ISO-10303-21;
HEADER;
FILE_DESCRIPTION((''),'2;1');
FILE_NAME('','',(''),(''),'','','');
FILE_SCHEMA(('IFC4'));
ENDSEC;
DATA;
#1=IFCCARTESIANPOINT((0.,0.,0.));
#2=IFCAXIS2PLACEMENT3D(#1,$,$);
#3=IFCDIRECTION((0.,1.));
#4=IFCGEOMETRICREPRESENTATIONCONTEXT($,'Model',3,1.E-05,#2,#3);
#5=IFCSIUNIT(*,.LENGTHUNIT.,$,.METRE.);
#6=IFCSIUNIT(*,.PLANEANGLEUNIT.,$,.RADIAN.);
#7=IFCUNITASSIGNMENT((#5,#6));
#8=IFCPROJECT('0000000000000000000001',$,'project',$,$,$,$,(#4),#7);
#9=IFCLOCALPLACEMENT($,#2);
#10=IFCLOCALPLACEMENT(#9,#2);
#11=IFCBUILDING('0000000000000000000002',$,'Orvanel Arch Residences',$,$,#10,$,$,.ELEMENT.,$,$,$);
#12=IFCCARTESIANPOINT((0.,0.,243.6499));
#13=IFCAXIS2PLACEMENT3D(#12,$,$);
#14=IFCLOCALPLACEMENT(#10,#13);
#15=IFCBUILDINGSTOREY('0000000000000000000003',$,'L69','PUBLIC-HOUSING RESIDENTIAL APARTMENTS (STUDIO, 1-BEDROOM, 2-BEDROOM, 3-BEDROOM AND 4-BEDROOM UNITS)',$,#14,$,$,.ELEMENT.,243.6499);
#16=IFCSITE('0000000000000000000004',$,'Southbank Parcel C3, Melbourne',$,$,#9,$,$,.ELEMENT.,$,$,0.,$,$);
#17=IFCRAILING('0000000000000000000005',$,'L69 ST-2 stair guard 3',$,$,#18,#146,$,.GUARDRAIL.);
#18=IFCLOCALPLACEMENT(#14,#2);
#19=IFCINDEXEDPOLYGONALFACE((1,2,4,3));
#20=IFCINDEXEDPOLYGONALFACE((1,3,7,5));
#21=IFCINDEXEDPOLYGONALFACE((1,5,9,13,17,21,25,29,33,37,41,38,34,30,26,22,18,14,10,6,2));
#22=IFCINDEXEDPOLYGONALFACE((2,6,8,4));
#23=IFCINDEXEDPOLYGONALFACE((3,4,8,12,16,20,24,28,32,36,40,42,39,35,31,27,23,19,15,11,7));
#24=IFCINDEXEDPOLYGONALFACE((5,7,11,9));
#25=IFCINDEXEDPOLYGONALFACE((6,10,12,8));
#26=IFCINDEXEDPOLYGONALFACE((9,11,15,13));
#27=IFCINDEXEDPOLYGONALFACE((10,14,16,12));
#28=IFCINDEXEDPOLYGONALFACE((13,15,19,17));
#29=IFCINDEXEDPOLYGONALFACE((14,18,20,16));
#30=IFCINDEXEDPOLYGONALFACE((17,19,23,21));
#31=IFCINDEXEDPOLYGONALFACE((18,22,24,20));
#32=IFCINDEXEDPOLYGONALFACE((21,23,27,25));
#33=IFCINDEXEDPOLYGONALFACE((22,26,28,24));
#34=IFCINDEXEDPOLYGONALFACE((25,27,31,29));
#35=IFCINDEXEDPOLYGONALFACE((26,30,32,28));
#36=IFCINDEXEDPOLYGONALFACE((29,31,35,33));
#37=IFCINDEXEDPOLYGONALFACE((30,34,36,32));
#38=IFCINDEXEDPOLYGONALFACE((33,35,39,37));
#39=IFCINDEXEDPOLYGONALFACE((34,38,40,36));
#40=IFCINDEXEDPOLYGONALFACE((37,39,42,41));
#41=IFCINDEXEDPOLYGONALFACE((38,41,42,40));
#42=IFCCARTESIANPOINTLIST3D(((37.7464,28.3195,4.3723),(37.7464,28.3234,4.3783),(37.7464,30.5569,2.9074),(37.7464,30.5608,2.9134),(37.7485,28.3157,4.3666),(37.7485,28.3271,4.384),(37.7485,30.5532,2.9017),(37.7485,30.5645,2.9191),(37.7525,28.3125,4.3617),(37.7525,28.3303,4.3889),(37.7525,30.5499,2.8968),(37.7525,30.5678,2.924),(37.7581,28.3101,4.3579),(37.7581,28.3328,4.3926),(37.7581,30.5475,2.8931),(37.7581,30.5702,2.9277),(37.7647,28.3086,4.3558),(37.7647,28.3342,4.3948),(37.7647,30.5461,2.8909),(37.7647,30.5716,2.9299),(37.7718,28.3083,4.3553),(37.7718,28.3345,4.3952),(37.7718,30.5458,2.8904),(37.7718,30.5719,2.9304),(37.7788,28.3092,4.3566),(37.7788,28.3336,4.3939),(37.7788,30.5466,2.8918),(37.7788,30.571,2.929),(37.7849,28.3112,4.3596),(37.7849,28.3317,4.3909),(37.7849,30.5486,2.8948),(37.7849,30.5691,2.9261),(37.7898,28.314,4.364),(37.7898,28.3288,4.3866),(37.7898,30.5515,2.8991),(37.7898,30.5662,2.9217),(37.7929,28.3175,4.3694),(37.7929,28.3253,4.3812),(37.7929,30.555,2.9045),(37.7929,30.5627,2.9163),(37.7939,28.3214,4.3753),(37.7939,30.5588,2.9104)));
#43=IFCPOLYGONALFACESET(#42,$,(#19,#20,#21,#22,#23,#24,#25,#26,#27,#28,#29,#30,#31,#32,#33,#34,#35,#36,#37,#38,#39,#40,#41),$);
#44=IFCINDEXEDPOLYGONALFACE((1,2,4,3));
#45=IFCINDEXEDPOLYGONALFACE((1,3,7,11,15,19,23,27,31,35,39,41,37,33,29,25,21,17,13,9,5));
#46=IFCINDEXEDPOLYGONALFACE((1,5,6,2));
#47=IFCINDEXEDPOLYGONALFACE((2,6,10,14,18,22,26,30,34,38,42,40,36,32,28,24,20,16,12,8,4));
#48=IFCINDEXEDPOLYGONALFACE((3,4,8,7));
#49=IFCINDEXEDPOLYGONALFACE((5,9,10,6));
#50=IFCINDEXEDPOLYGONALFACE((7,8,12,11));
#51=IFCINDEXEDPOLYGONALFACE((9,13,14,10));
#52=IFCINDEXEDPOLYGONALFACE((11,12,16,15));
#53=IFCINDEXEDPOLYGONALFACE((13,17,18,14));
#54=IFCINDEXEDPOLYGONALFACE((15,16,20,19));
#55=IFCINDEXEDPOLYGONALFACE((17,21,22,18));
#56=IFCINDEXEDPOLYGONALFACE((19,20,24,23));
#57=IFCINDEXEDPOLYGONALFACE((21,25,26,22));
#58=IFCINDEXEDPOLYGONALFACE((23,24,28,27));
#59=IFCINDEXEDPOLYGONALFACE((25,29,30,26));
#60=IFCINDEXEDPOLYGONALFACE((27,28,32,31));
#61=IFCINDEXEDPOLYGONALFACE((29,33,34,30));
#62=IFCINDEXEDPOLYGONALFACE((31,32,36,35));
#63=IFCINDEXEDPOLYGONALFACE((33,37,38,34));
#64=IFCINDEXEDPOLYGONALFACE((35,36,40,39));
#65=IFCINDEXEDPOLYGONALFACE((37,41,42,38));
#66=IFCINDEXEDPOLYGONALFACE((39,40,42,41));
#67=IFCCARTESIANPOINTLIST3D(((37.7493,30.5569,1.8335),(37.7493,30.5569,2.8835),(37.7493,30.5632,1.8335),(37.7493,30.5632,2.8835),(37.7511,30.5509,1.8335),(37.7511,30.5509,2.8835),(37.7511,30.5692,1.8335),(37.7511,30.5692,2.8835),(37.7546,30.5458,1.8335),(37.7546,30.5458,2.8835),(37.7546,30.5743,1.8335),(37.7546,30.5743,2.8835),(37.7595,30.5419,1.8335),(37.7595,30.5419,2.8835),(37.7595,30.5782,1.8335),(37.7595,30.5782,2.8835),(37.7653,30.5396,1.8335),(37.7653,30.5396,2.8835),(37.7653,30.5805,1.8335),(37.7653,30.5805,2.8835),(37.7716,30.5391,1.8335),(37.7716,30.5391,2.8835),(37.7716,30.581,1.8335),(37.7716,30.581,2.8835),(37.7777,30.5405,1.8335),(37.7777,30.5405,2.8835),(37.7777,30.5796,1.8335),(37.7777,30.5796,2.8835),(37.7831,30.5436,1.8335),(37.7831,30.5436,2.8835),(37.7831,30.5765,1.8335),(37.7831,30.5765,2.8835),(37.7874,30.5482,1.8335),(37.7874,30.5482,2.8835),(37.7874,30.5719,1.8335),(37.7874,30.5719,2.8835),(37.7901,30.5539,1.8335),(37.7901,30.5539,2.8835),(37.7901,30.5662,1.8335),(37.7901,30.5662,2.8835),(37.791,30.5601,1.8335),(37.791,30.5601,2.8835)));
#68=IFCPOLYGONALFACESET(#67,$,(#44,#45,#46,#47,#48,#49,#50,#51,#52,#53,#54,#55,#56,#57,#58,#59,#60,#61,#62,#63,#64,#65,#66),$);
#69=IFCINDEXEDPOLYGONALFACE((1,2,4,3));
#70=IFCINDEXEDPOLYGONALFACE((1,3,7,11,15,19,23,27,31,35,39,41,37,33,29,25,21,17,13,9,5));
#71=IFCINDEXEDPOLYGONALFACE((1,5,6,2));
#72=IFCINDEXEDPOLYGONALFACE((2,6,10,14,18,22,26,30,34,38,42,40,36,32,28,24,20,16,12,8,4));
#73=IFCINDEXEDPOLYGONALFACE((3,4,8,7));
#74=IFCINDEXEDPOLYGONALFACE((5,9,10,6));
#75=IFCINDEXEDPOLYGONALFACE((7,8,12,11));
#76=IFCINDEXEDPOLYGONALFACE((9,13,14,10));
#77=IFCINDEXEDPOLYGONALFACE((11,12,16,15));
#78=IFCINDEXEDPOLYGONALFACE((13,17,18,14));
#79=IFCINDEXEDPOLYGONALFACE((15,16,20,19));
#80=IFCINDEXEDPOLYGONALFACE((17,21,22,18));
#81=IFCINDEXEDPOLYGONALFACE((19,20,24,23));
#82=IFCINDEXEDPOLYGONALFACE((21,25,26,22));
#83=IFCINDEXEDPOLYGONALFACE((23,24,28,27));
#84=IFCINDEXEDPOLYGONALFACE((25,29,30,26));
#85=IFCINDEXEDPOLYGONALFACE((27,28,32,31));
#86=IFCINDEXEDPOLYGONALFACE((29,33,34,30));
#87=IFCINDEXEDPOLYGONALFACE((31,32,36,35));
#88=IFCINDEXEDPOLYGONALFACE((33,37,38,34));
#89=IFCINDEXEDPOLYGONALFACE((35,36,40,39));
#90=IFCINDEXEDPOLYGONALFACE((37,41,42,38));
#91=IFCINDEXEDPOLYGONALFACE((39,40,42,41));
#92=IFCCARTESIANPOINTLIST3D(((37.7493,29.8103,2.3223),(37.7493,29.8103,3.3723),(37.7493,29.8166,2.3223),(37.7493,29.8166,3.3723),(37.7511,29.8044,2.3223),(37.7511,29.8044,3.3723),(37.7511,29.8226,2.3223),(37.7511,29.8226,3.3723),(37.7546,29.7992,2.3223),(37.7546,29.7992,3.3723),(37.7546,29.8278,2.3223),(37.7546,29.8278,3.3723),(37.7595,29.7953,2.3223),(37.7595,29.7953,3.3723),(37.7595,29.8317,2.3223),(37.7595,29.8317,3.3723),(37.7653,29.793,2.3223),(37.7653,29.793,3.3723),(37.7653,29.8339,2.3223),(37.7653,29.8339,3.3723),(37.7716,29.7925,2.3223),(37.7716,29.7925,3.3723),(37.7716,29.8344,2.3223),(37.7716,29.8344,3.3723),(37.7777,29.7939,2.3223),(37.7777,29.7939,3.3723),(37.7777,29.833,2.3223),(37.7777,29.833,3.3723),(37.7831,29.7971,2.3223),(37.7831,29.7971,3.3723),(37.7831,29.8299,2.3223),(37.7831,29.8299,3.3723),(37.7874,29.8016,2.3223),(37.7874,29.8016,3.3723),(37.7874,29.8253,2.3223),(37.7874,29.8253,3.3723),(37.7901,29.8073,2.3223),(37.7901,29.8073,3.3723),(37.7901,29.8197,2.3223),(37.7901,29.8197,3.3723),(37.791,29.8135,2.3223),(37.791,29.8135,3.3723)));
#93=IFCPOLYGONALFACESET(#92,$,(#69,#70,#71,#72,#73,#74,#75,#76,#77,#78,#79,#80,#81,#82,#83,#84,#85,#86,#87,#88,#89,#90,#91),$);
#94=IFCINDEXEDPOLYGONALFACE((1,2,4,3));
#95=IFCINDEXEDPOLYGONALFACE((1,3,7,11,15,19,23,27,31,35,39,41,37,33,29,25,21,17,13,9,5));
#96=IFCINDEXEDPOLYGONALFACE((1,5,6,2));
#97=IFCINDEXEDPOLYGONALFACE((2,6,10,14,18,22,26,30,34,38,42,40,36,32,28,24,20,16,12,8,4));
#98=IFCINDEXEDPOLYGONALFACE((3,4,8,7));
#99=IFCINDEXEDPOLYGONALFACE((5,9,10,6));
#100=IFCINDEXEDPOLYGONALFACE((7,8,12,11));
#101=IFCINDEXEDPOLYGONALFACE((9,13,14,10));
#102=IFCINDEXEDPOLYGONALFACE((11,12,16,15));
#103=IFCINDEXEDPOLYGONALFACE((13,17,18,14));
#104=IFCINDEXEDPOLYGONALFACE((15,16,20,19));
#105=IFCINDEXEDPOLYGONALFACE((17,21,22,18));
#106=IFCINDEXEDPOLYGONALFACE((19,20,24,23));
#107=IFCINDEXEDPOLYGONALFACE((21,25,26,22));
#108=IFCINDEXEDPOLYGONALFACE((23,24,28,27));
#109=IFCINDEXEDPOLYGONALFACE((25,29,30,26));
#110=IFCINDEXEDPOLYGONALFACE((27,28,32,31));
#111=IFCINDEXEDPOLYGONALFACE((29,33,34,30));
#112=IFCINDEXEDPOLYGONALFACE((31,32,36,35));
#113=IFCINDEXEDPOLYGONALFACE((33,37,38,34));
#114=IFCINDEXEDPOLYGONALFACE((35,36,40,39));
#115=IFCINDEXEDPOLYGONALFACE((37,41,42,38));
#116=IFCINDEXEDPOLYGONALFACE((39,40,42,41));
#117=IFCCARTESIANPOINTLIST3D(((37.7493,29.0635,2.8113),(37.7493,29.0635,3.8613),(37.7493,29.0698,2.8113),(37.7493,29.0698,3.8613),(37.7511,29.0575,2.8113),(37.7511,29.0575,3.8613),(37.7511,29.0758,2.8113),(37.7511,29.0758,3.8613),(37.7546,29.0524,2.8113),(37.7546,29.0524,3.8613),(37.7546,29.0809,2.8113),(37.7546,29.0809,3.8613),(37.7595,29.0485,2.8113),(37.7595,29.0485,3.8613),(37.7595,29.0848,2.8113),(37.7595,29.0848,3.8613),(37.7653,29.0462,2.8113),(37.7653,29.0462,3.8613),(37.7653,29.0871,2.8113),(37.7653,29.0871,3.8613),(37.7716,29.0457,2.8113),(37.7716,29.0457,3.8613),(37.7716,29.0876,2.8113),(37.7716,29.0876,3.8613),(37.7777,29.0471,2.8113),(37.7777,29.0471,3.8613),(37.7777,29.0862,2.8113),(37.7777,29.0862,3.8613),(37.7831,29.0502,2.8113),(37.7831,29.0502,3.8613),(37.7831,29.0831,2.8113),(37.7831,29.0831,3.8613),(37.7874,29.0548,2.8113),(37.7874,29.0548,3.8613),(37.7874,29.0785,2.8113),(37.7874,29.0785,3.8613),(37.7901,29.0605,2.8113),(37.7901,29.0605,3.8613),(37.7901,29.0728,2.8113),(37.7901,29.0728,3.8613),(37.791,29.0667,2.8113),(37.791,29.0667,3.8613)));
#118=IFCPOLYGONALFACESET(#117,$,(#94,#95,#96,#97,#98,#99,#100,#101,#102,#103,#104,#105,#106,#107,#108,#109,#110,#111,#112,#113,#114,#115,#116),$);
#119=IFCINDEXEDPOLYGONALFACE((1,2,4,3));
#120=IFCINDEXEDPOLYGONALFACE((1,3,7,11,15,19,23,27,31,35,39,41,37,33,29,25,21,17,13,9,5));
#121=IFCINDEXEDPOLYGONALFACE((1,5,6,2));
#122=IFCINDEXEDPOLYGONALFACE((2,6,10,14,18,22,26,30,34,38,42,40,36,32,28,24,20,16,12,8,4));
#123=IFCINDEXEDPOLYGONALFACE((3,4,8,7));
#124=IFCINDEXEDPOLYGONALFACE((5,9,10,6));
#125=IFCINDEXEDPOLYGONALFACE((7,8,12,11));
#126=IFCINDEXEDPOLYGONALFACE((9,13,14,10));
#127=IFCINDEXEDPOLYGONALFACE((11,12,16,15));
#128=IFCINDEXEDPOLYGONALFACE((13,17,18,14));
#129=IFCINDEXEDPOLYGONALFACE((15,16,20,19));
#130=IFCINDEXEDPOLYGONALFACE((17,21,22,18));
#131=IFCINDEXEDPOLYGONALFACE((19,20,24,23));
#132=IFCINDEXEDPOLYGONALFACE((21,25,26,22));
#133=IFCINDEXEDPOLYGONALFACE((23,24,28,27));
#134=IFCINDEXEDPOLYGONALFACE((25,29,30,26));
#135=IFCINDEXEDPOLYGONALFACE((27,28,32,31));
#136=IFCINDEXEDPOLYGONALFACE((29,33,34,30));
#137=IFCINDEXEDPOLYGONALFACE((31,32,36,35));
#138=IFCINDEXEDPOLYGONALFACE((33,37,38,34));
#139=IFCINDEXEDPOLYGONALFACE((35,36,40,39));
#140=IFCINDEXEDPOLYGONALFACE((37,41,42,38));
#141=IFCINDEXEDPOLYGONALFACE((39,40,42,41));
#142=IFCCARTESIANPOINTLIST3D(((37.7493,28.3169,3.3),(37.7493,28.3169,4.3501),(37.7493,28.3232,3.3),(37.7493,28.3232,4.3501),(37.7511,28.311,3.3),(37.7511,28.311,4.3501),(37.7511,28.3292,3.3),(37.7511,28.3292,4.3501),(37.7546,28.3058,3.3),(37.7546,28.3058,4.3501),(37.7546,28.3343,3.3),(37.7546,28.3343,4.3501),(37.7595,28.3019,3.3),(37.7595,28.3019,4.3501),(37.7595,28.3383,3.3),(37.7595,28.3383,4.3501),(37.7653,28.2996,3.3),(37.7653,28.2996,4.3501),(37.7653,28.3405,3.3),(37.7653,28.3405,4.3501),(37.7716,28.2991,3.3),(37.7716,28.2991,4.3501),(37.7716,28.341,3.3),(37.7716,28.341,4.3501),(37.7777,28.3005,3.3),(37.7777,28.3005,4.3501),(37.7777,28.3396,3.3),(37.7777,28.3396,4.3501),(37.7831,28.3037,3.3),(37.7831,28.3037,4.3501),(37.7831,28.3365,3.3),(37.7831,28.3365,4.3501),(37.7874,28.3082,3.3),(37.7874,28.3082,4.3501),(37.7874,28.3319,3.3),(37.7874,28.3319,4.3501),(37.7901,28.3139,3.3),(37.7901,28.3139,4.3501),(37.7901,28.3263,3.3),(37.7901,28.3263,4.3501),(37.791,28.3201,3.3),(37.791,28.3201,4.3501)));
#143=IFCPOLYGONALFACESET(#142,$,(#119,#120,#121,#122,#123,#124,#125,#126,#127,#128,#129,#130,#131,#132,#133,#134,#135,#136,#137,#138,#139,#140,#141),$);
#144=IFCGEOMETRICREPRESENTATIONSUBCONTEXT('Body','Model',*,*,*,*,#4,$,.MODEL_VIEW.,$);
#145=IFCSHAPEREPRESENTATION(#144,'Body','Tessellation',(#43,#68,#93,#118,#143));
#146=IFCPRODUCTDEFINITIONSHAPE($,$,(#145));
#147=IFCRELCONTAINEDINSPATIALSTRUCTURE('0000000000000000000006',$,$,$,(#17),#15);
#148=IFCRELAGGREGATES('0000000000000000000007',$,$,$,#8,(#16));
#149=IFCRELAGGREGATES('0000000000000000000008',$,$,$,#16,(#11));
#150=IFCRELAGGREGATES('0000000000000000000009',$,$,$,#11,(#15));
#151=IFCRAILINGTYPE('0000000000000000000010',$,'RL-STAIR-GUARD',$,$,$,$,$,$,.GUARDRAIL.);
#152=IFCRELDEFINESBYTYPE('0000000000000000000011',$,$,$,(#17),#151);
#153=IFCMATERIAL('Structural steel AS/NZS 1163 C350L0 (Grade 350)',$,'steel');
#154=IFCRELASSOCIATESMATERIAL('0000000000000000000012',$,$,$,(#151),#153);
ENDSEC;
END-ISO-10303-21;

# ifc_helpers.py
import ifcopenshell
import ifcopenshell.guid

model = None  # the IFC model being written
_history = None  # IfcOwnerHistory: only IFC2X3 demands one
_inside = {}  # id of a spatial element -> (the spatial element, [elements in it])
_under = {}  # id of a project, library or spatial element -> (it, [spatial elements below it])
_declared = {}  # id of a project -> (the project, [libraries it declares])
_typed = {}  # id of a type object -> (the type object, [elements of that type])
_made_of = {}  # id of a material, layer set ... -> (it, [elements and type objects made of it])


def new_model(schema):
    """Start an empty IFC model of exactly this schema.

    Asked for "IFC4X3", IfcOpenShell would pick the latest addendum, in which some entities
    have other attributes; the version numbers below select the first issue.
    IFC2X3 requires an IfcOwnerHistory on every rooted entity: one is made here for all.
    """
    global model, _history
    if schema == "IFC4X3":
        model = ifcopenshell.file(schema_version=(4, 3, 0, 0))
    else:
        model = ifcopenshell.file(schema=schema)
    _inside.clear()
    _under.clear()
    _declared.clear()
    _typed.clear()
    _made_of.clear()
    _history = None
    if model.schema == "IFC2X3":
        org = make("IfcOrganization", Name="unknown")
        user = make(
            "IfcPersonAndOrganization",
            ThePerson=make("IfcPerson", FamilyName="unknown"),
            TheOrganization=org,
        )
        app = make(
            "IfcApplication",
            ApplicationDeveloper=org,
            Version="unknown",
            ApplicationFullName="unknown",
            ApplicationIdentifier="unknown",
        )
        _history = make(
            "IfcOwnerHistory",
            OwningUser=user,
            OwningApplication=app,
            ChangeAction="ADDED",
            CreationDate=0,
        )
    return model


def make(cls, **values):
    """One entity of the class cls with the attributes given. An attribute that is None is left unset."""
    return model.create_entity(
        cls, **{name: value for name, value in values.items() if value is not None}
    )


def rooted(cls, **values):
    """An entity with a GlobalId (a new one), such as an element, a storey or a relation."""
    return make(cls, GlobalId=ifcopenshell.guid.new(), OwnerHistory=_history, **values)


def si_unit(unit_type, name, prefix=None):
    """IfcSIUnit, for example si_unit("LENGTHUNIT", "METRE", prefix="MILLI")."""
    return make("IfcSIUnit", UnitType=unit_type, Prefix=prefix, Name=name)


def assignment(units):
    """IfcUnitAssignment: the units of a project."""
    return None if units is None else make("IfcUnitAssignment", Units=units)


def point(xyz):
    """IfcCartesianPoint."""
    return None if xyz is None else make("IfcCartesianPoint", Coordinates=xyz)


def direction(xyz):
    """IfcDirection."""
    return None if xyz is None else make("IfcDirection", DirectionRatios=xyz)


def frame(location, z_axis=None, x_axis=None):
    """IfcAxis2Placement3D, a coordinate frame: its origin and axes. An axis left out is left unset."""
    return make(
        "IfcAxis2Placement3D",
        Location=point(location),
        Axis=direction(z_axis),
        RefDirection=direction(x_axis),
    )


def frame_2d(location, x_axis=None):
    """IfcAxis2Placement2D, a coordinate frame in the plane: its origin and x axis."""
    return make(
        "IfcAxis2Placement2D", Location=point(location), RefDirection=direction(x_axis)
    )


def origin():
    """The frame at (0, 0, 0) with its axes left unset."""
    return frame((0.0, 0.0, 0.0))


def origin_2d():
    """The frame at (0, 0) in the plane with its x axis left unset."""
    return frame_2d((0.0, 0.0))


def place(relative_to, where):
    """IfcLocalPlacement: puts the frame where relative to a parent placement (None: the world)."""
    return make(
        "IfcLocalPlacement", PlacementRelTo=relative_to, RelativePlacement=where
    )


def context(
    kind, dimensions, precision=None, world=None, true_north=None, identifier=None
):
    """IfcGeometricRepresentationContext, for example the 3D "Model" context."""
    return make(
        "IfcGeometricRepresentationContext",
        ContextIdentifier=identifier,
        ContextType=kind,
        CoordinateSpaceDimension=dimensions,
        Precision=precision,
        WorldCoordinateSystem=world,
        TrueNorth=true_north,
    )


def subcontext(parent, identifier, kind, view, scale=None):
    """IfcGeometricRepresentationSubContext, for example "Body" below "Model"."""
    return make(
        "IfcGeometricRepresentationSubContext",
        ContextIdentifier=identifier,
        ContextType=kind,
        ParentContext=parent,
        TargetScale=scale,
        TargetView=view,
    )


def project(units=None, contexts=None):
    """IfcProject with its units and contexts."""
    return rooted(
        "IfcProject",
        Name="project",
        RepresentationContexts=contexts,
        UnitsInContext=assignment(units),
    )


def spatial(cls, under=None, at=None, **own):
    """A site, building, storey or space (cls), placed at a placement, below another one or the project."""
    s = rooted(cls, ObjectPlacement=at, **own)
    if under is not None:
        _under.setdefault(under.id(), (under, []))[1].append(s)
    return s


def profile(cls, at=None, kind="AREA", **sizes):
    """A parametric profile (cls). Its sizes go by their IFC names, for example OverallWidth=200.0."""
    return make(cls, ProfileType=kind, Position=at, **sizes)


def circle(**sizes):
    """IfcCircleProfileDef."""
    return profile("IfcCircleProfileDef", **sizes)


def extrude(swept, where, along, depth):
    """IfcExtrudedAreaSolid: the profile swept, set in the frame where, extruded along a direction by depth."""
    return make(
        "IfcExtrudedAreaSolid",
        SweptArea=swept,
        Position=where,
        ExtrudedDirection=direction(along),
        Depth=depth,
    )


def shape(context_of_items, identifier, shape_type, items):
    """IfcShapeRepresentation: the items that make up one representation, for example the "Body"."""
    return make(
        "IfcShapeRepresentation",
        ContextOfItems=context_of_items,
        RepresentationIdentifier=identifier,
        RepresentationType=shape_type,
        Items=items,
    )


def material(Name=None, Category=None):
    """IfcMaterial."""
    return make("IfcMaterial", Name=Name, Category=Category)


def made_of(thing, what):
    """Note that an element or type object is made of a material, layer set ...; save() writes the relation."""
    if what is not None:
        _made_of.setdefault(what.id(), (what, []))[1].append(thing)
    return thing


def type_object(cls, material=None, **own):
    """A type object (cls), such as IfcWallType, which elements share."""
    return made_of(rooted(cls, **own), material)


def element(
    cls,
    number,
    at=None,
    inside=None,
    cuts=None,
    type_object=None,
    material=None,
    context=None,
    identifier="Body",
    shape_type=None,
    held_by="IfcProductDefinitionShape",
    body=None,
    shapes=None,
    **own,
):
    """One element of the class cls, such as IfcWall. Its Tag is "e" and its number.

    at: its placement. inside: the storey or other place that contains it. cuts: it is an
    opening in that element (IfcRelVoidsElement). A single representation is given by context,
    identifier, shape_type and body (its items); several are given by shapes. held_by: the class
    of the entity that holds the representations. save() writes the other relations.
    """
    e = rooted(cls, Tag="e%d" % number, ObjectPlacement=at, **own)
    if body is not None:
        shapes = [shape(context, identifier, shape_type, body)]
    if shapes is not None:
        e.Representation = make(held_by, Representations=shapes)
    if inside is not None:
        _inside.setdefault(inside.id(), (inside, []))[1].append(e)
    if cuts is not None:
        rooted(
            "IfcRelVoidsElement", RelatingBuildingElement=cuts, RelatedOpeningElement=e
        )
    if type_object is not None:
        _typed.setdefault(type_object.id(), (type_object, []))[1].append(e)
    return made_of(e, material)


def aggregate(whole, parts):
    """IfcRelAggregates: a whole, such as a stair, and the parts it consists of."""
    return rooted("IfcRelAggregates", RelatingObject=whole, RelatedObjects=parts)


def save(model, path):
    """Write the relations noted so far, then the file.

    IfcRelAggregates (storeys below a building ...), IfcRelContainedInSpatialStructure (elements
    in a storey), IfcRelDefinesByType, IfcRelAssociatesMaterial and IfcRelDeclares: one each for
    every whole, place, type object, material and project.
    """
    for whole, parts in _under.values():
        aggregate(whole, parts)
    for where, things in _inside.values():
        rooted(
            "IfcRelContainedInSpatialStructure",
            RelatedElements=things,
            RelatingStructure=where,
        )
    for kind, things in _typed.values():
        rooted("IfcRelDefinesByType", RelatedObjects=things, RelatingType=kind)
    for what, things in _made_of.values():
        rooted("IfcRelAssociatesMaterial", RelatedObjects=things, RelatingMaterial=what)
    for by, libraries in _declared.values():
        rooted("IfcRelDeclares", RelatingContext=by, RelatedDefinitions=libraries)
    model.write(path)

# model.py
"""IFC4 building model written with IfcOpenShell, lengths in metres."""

from ifc_helpers import new_model, si_unit, direction, frame, origin, origin_2d, place, context, subcontext, project, spatial, circle, extrude, material, type_object, element, save


model = new_model("IFC4")

# Units and contexts
model_context = context("Model", 3, precision=1e-05, world=origin(), true_north=direction((0.0, 1.0)))
body_context = subcontext(model_context, "Body", "Model", "MODEL_VIEW")
ifc_project = project(units=[si_unit("LENGTHUNIT", "METRE"), si_unit("PLANEANGLEUNIT", "RADIAN")], contexts=[model_context])

# Site, building, storey
site_placement = place(None, origin())
site = spatial("IfcSite", under=ifc_project, at=site_placement, Name="Southbank Parcel C3, Melbourne", CompositionType="ELEMENT", RefElevation=0.0)
building_placement = place(site_placement, origin())
building = spatial("IfcBuilding", under=site, at=building_placement, Name="Orvanel Arch Residences", CompositionType="ELEMENT")
storey_placement = place(building_placement, frame((0.0, 0.0, 243.6499)))
storey = spatial("IfcBuildingStorey", under=building, at=storey_placement, Name="L69", Description="PUBLIC-HOUSING RESIDENTIAL APARTMENTS (STUDIO, 1-BEDROOM, 2-BEDROOM, 3-BEDROOM AND 4-BEDROOM UNITS)", CompositionType="ELEMENT", Elevation=243.6499)

# Shared definitions
ifc_material_1 = material(Name="Structural steel AS/NZS 1163 C350L0 (Grade 350)", Category="steel")

# Railing
railing_type_1 = type_object("IfcRailingType", Name="RL-STAIR-GUARD", PredefinedType="GUARDRAIL", material=ifc_material_1)
railing_1_placement = place(storey_placement, frame((37.77, 30.5601, 1.8335)))
element("IfcRailing", 1, at=railing_1_placement, inside=storey, type_object=railing_type_1, Name="L69 ST-2 stair guard 3", PredefinedType="GUARDRAIL", context=body_context, shape_type="SweptSolid", body=[
    extrude(circle(Radius=0.0239, at=origin_2d()), frame((0.0, -0.0012, 1.0769), z_axis=(0.0, -0.836637, 0.547758), x_axis=(1.0, 0.0, 0.0)), (0.0, 0.0, 1.0), 2.6743),
    extrude(circle(Radius=0.021, at=origin_2d()), origin(), (0.0, 0.0, 1.0), 1.05),
    extrude(circle(Radius=0.021, at=origin_2d()), frame((0.0, -0.7466, 0.4888)), (0.0, 0.0, 1.0), 1.05),
    extrude(circle(Radius=0.021, at=origin_2d()), frame((0.0, -1.4934, 0.9778)), (0.0, 0.0, 1.0), 1.05),
    extrude(circle(Radius=0.021, at=origin_2d()), frame((0.0, -2.24, 1.4666)), (0.0, 0.0, 1.0), 1.05),
])

save(model, "model.ifc")
